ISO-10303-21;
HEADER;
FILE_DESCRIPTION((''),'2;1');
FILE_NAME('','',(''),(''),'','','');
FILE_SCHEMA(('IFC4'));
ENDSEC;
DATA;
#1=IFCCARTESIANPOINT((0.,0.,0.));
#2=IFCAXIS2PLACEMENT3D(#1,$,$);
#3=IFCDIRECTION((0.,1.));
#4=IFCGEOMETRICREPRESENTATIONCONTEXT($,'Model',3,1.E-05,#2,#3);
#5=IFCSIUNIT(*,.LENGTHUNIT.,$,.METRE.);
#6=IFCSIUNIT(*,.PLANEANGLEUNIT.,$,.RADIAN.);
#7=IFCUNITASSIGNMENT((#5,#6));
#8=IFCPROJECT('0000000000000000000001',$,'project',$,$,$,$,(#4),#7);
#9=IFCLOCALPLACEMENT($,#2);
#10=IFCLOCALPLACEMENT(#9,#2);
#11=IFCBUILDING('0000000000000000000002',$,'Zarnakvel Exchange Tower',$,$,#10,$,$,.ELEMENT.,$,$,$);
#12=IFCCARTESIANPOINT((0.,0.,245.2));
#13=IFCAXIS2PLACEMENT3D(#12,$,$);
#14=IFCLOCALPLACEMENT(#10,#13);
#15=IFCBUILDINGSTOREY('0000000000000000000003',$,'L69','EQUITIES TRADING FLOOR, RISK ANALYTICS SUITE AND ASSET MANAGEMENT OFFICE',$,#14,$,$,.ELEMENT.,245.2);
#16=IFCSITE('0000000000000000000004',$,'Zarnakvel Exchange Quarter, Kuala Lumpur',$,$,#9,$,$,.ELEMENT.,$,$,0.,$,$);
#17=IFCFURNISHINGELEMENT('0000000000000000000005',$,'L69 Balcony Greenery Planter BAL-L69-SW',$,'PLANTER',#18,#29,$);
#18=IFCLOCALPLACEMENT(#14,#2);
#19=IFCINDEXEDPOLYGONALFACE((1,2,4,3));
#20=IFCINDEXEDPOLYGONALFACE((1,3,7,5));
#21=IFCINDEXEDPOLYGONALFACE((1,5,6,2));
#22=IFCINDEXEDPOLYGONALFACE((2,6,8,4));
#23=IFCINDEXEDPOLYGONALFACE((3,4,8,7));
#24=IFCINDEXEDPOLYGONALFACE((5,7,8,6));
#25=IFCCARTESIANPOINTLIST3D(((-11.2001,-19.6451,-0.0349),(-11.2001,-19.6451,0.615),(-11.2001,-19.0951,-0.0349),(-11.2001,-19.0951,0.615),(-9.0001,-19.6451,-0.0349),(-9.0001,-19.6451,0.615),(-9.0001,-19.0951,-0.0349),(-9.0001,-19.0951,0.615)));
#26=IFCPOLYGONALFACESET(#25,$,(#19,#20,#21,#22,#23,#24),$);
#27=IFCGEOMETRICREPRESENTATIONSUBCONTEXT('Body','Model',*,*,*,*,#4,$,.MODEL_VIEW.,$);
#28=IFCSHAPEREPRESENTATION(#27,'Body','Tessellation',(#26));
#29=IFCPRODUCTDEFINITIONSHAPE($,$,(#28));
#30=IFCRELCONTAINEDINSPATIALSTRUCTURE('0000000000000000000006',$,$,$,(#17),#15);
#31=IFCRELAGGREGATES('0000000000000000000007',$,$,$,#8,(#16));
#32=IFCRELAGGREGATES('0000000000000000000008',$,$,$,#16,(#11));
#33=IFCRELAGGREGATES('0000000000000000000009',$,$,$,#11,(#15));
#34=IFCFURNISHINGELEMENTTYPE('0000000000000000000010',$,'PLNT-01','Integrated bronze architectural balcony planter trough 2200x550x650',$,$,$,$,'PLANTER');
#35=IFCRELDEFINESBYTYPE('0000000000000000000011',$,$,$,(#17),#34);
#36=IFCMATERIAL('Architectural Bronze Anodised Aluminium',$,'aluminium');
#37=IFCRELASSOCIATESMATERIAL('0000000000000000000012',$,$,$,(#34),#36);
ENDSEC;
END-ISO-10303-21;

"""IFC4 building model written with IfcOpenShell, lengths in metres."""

from ifc_helpers import new_model, si_unit, direction, frame, origin, origin_2d, place, context, subcontext, project, spatial, rectangle, extrude, source, transform, mapped, material, type_object, element, save


model = new_model("IFC4")

# Units and contexts
model_context = context("Model", 3, precision=1e-05, world=origin(), true_north=direction((0.0, 1.0)))
body_context = subcontext(model_context, "Body", "Model", "MODEL_VIEW")
ifc_project = project(units=[si_unit("LENGTHUNIT", "METRE"), si_unit("PLANEANGLEUNIT", "RADIAN")], contexts=[model_context])

# Site, building, storey
site_placement = place(None, origin())
site = spatial("IfcSite", under=ifc_project, at=site_placement, Name="Zarnakvel Exchange Quarter, Kuala Lumpur", CompositionType="ELEMENT", RefElevation=0.0)
building_placement = place(site_placement, origin())
building = spatial("IfcBuilding", under=site, at=building_placement, Name="Zarnakvel Exchange Tower", CompositionType="ELEMENT")
storey_placement = place(building_placement, frame((0.0, 0.0, 245.2)))
storey = spatial("IfcBuildingStorey", under=building, at=storey_placement, Name="L69", Description="EQUITIES TRADING FLOOR, RISK ANALYTICS SUITE AND ASSET MANAGEMENT OFFICE", CompositionType="ELEMENT", Elevation=245.2)

# Shared definitions
ifc_material_1 = material(Name="Architectural Bronze Anodised Aluminium", Category="aluminium")

# Furnishing element
furnishing_element_type = type_object("IfcFurnishingElementType", Name="PLNT-01", Description="Integrated bronze architectural balcony planter trough 2200x550x650", ElementType="PLANTER", material=ifc_material_1)
shared_shape_1 = source(origin(), body_context, "Body", "SweptSolid", [
    extrude(rectangle(XDim=2.2, YDim=0.55, at=origin_2d()), origin(), (0.0, 0.0, 1.0), 0.6499),
])
furnishing_placement = place(storey_placement, frame((-10.1001, -19.3701, -0.0349), z_axis=(0.0, 0.0, 1.0), x_axis=(1.0, 0.0, 0.0)))
element("IfcFurnishingElement", 1, at=furnishing_placement, inside=storey, type_object=furnishing_element_type, Name="L69 Balcony Greenery Planter BAL-L69-SW", ObjectType="PLANTER", context=body_context, shape_type="MappedRepresentation", body=[
    mapped(shared_shape_1, transform((0.0, 0.0, 0.0), x_axis=(1.0, 0.0, 0.0), y_axis=(0.0, 1.0, 0.0), z_axis=(0.0, 0.0, 1.0), scale=1.0)),
])

save(model, "model.ifc")
